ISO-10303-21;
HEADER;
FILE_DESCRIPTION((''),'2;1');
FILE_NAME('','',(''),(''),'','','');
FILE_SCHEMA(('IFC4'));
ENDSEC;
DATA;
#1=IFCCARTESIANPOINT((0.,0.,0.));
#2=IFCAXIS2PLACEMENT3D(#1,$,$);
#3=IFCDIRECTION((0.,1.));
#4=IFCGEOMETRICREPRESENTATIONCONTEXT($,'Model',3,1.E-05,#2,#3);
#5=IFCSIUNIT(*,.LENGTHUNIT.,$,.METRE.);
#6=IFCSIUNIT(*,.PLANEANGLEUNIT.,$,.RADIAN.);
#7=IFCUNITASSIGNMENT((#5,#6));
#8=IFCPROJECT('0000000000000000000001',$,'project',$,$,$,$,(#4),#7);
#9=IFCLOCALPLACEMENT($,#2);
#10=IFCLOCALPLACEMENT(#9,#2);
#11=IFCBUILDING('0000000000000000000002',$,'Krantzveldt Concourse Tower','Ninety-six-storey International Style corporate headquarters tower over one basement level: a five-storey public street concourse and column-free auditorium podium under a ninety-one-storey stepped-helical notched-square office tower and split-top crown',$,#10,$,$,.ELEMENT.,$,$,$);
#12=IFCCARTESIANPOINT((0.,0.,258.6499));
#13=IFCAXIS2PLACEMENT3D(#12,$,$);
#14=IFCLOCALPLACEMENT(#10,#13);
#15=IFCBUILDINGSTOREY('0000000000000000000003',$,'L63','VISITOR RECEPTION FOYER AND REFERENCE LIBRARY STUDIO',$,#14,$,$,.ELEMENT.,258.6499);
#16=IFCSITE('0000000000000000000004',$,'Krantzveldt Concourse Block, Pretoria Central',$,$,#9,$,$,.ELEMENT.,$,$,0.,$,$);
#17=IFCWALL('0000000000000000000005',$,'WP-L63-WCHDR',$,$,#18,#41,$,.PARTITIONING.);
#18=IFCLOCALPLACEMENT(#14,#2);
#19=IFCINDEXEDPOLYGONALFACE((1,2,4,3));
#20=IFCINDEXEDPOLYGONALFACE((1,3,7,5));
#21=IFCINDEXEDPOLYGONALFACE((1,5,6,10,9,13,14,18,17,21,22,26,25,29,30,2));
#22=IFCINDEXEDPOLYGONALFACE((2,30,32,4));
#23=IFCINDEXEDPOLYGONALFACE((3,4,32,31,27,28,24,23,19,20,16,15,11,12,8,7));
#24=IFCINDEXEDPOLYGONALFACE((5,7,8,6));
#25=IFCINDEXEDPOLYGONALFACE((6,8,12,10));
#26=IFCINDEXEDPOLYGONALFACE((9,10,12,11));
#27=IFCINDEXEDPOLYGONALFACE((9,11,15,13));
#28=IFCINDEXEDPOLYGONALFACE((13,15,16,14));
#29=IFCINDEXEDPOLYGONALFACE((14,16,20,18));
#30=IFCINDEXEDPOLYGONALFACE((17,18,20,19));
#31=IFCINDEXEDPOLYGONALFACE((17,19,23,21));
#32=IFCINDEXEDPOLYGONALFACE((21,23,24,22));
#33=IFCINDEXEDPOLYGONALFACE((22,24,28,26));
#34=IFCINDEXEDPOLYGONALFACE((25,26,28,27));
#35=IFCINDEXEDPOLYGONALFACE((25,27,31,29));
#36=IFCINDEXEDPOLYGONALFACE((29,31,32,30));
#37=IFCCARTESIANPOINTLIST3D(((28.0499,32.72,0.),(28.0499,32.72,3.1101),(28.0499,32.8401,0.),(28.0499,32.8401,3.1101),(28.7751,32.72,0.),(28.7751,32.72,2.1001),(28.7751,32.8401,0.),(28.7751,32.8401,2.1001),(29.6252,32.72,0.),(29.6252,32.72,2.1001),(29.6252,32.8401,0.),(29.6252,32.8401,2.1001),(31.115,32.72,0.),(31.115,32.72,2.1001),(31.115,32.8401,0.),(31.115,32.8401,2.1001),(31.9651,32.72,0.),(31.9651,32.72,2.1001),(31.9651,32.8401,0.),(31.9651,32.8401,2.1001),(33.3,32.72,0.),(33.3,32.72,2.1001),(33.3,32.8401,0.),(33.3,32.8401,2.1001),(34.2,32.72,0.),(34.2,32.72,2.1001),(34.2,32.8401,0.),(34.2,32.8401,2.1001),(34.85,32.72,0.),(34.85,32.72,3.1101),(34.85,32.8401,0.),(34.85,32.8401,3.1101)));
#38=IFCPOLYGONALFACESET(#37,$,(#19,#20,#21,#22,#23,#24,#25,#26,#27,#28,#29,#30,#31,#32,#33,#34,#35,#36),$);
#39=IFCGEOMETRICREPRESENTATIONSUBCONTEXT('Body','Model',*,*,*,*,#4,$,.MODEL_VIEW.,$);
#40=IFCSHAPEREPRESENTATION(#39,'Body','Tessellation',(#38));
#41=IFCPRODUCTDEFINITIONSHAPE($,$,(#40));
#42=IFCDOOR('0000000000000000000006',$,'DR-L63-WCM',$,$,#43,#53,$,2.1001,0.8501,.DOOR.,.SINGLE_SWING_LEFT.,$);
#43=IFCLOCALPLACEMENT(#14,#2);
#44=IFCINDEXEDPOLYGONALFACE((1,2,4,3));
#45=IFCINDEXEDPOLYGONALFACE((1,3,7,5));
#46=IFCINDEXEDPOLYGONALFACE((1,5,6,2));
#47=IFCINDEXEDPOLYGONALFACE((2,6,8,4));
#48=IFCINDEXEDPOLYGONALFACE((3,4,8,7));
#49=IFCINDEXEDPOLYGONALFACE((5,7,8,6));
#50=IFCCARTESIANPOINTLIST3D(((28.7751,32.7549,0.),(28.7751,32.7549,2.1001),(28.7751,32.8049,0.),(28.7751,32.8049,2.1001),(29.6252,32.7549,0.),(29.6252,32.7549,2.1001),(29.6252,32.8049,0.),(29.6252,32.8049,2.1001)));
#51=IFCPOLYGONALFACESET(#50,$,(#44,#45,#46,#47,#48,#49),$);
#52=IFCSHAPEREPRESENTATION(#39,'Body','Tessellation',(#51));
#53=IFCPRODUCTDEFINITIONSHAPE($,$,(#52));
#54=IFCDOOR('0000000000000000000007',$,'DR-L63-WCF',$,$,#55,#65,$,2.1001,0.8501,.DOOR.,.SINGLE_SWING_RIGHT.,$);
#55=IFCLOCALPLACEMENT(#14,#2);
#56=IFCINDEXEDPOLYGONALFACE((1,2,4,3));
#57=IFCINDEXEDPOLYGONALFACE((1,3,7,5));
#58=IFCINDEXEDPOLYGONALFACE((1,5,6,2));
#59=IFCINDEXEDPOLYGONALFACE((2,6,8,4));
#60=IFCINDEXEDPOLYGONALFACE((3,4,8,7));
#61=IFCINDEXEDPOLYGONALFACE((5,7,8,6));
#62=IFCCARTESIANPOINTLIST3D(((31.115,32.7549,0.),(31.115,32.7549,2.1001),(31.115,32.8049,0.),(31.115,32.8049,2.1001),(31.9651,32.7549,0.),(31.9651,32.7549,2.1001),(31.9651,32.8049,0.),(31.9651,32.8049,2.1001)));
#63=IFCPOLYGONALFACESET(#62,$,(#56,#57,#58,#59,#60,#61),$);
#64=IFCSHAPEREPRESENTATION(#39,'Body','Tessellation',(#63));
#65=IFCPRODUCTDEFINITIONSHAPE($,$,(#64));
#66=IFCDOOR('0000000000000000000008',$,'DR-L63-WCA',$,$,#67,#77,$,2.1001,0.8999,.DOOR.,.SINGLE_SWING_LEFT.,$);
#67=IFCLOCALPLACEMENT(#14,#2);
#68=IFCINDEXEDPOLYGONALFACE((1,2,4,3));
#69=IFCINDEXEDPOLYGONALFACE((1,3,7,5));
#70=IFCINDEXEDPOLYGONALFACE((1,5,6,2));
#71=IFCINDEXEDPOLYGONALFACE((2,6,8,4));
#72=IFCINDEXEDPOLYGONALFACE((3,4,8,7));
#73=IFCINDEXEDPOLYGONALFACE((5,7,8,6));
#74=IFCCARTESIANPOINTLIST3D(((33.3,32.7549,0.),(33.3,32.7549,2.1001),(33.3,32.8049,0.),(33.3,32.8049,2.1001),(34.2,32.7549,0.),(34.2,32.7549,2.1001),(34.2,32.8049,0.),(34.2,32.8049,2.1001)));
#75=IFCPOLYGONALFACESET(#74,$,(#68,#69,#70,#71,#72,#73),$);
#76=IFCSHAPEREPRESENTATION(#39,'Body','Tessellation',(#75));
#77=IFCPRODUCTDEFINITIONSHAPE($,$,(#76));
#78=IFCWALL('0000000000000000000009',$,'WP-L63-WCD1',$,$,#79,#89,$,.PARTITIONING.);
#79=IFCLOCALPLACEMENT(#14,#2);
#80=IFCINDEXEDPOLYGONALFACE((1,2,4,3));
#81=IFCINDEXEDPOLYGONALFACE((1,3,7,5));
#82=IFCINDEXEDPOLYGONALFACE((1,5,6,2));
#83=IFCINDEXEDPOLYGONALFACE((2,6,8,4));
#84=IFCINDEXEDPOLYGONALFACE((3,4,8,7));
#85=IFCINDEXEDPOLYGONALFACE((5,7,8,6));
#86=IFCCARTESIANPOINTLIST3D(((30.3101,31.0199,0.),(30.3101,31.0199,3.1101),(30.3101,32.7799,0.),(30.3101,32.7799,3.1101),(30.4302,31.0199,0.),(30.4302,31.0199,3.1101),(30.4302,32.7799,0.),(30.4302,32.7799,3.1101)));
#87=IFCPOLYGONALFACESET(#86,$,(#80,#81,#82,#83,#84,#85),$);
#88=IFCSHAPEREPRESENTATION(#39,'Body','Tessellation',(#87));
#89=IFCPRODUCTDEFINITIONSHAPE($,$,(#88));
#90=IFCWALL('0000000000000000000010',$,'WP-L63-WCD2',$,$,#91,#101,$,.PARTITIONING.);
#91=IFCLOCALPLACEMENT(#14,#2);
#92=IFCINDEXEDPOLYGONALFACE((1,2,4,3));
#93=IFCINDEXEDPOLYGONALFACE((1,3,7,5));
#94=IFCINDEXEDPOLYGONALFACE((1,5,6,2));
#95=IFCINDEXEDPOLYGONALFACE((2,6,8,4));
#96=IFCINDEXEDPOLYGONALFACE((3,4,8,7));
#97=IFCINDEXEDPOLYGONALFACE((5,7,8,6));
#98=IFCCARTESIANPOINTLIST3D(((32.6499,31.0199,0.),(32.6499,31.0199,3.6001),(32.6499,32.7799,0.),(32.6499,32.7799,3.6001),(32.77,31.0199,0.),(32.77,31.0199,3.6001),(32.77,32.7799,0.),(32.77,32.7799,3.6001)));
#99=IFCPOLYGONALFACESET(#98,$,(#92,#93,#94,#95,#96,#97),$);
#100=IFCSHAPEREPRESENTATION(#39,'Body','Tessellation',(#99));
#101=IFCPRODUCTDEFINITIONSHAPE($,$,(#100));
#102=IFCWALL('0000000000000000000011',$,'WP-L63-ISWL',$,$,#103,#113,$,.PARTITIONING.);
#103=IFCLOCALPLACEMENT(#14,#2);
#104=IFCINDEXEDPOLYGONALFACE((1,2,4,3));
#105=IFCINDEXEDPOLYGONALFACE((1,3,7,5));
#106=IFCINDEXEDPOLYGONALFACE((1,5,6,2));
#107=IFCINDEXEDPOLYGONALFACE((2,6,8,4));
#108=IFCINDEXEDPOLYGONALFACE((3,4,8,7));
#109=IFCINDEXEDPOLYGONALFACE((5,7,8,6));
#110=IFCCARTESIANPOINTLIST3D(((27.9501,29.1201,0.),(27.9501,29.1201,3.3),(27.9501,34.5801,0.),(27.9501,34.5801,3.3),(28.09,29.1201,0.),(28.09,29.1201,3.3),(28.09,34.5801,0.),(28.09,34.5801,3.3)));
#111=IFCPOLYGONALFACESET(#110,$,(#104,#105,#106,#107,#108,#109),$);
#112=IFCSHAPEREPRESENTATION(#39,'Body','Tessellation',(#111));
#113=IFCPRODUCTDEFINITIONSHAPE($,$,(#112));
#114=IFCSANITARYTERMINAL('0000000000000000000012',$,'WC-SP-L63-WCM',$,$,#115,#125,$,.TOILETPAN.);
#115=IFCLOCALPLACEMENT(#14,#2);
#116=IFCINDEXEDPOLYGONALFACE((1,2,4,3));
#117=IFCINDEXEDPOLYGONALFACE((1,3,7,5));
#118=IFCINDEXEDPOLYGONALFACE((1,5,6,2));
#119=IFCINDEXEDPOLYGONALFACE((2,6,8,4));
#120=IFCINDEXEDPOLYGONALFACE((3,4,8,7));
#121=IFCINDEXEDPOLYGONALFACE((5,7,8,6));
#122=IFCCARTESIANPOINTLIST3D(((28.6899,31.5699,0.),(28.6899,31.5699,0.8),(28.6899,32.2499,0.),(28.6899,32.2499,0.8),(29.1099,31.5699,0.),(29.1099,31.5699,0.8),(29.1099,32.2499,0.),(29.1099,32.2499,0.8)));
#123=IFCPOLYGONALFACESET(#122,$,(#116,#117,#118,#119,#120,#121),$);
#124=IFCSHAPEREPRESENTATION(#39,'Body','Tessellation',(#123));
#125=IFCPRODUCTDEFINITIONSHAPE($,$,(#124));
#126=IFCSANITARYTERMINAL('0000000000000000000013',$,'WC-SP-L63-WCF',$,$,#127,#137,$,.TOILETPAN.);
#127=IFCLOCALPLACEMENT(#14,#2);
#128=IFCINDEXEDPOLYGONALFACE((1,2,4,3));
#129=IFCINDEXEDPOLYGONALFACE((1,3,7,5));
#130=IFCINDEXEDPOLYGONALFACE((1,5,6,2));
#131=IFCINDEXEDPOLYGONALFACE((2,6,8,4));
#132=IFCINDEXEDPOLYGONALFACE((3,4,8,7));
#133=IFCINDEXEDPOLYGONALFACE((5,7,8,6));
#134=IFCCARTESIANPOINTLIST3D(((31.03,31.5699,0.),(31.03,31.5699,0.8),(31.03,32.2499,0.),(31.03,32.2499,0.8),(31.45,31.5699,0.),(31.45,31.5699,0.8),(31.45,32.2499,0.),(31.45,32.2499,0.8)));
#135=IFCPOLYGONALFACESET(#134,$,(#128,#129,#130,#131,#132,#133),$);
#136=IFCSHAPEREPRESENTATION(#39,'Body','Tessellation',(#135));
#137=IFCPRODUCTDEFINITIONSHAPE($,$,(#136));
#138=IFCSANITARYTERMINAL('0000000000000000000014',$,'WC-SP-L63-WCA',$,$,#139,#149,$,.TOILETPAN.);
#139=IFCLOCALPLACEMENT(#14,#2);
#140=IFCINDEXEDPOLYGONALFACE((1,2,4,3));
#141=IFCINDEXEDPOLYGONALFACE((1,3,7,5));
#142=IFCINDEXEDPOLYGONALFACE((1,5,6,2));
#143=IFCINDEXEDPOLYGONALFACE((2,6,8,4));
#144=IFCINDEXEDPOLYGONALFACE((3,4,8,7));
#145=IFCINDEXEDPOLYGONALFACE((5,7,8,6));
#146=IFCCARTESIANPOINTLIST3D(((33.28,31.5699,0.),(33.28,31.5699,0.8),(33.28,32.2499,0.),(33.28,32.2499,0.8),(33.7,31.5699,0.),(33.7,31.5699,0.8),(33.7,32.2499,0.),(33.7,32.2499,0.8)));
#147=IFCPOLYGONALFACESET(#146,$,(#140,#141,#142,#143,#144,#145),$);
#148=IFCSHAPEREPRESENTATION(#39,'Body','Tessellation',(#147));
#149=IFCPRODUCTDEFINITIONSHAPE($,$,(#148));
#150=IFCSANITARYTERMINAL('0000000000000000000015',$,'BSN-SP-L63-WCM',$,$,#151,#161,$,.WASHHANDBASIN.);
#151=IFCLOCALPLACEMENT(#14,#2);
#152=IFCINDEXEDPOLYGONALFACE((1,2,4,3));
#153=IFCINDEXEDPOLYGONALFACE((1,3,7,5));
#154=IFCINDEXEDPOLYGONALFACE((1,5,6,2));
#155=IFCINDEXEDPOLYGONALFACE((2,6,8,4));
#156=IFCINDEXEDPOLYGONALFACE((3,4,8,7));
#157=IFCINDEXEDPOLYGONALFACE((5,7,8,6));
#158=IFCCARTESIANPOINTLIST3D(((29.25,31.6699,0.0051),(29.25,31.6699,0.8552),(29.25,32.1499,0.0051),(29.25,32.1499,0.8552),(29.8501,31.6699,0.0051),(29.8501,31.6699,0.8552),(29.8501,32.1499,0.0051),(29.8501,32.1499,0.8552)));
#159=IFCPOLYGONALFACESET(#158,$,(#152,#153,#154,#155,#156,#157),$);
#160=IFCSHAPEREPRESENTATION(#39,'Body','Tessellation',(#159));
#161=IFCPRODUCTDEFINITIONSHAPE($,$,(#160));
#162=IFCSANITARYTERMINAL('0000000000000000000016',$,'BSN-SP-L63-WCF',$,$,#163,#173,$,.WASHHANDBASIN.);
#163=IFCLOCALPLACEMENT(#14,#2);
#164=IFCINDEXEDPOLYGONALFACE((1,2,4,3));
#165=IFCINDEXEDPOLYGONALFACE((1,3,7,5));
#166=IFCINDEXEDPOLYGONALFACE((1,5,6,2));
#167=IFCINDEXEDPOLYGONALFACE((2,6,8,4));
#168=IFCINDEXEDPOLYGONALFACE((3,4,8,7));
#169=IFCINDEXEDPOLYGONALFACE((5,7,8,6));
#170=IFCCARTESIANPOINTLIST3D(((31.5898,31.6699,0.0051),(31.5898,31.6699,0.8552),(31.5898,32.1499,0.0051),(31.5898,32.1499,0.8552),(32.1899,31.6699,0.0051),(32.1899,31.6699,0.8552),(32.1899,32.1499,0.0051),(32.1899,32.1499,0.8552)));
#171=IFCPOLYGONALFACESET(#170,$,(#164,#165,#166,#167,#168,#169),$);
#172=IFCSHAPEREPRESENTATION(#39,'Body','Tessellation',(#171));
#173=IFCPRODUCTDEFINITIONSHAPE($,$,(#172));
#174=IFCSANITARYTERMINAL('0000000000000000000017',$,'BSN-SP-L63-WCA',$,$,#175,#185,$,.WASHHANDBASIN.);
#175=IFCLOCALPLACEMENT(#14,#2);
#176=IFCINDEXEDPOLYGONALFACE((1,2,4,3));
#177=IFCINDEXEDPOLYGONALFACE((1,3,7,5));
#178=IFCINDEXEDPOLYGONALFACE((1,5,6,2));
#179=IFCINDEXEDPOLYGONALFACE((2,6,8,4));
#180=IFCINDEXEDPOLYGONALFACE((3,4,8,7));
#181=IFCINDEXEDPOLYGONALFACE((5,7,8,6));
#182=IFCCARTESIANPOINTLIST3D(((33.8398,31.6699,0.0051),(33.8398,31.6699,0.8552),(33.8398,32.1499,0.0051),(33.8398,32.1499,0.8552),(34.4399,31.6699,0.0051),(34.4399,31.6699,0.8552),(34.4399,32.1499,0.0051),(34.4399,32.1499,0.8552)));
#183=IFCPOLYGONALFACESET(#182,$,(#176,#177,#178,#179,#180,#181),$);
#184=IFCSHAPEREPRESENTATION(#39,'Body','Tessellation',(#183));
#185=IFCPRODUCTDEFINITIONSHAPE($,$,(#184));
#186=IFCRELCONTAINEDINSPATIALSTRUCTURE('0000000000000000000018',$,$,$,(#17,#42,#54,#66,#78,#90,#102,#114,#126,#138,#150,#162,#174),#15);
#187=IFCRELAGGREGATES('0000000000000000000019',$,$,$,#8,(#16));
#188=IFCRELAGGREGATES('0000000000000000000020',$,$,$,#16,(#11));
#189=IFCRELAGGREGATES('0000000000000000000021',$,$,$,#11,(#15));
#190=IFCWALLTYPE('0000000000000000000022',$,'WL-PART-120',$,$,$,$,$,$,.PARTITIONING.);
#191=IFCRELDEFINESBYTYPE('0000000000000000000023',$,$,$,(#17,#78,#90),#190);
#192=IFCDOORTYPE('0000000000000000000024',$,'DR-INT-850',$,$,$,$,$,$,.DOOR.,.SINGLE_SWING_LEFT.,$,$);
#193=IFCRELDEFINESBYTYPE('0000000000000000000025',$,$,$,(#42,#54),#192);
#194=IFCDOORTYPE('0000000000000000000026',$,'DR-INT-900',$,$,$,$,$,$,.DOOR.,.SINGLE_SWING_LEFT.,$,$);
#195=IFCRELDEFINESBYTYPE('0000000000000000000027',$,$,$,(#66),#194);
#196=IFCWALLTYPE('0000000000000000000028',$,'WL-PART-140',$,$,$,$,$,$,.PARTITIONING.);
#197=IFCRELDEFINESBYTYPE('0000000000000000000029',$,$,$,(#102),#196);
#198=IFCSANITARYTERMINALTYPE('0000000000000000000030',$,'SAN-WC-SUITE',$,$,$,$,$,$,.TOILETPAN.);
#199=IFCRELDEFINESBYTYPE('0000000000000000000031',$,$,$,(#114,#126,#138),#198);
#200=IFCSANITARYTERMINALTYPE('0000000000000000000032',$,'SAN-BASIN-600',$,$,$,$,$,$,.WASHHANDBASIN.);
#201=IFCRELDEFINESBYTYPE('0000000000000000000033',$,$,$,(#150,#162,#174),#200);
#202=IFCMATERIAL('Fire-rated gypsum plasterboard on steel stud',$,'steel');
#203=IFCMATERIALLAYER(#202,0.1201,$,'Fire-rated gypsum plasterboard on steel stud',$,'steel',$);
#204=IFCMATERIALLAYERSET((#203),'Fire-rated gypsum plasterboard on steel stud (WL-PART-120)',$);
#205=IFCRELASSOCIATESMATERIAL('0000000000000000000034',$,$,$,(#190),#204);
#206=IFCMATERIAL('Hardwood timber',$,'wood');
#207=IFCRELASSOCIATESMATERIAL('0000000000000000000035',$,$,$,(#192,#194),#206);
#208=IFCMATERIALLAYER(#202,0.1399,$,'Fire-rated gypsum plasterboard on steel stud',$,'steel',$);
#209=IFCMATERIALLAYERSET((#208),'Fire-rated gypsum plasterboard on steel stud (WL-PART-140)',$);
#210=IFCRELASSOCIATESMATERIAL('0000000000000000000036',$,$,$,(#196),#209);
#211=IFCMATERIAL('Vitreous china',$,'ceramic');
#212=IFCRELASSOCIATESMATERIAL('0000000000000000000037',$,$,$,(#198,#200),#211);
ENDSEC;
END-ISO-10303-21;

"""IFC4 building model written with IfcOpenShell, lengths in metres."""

from ifc_helpers import new_model, si_unit, direction, frame, frame_2d, origin, origin_2d, place, context, subcontext, project, spatial, rectangle, extrude, source, transform, mapped, material, layer, layer_set, type_object, type_shapes, element, fill, save


model = new_model("IFC4")

# Units and contexts
model_context = context("Model", 3, precision=1e-05, world=origin(), true_north=direction((0.0, 1.0)))
body_context = subcontext(model_context, "Body", "Model", "MODEL_VIEW")
ifc_project = project(units=[si_unit("LENGTHUNIT", "METRE"), si_unit("PLANEANGLEUNIT", "RADIAN")], contexts=[model_context])

# Site, building, storey
site_placement = place(None, origin())
site = spatial("IfcSite", under=ifc_project, at=site_placement, Name="Krantzveldt Concourse Block, Pretoria Central", CompositionType="ELEMENT", RefElevation=0.0)
building_placement = place(site_placement, origin())
building = spatial("IfcBuilding", under=site, at=building_placement, Name="Krantzveldt Concourse Tower", Description="Ninety-six-storey International Style corporate headquarters tower over one basement level: a five-storey public street concourse and column-free auditorium podium under a ninety-one-storey stepped-helical notched-square office tower and split-top crown", CompositionType="ELEMENT")
storey_placement = place(building_placement, frame((0.0, 0.0, 258.6499)))
storey = spatial("IfcBuildingStorey", under=building, at=storey_placement, Name="L63", Description="VISITOR RECEPTION FOYER AND REFERENCE LIBRARY STUDIO", CompositionType="ELEMENT", Elevation=258.6499)

# Shared definitions
ifc_material_1 = material(Name="Fire-rated gypsum plasterboard on steel stud", Category="steel")
ifc_layer_1 = layer(ifc_material_1, 0.1201, Name="Fire-rated gypsum plasterboard on steel stud", Category="steel")
ifc_layer_set_1 = layer_set([ifc_layer_1], Name="Fire-rated gypsum plasterboard on steel stud (WL-PART-120)")
wall_type_1 = type_object("IfcWallType", Name="WL-PART-120", PredefinedType="PARTITIONING", material=ifc_layer_set_1)

# Wall, openings, doors
wall_1_placement = place(storey_placement, frame((28.05, 32.78, 0.0), z_axis=(0.0, 0.0, 1.0), x_axis=(1.0, 0.0, 0.0)))
wall_1 = element("IfcWall", 1, at=wall_1_placement, inside=storey, type_object=wall_type_1, Name="WP-L63-WCHDR", PredefinedType="PARTITIONING", context=body_context, shape_type="SweptSolid", body=[
    extrude(rectangle(XDim=6.8, YDim=0.1201, at=frame_2d((3.3999, 0.0))), origin(), (0.0, 0.0, 1.0), 3.1101),
])
opening_1_placement = place(wall_1_placement, frame((0.7251, 0.0, 0.0)))
opening_1 = element("IfcOpeningElement", 2, at=opening_1_placement, cuts=wall_1, PredefinedType="OPENING", context=body_context, shape_type="SweptSolid", body=[
    extrude(rectangle(XDim=0.8501, YDim=2.1001, at=frame_2d((0.425, 1.05))), frame((0.0, 0.0701, 0.0), z_axis=(0.0, -1.0, 0.0), x_axis=(1.0, 0.0, 0.0)), (0.0, 0.0, 1.0), 0.1401),
])
opening_2_placement = place(wall_1_placement, frame((3.0649, 0.0, 0.0)))
opening_2 = element("IfcOpeningElement", 3, at=opening_2_placement, cuts=wall_1, PredefinedType="OPENING", context=body_context, shape_type="SweptSolid", body=[
    extrude(rectangle(XDim=0.8501, YDim=2.1001, at=frame_2d((0.425, 1.05))), frame((0.0, 0.0701, 0.0), z_axis=(0.0, -1.0, 0.0), x_axis=(1.0, 0.0, 0.0)), (0.0, 0.0, 1.0), 0.1401),
])
opening_3_placement = place(wall_1_placement, frame((5.25, 0.0, 0.0)))
opening_3 = element("IfcOpeningElement", 4, at=opening_3_placement, cuts=wall_1, PredefinedType="OPENING", context=body_context, shape_type="SweptSolid", body=[
    extrude(rectangle(XDim=0.8999, YDim=2.1001, at=frame_2d((0.45, 1.05))), frame((0.0, 0.0701, 0.0), z_axis=(0.0, -1.0, 0.0), x_axis=(1.0, 0.0, 0.0)), (0.0, 0.0, 1.0), 0.1401),
])
ifc_material_2 = material(Name="Hardwood timber", Category="wood")
door_type_1 = type_object("IfcDoorType", Name="DR-INT-850", OperationType="SINGLE_SWING_LEFT", PredefinedType="DOOR", material=ifc_material_2)
door_1_placement = place(opening_1_placement, origin())
door_1 = element("IfcDoor", 5, at=door_1_placement, inside=storey, type_object=door_type_1, Name="DR-L63-WCM", OperationType="SINGLE_SWING_LEFT", OverallHeight=2.1001, OverallWidth=0.8501, PredefinedType="DOOR", context=body_context, shape_type="SweptSolid", body=[
    extrude(rectangle(XDim=0.8501, YDim=2.1001, at=frame_2d((0.425, 1.05))), frame((0.0, 0.0249, 0.0), z_axis=(0.0, -1.0, 0.0), x_axis=(1.0, 0.0, 0.0)), (0.0, 0.0, 1.0), 0.05),
])
fill(opening_1, door_1)
door_2_placement = place(opening_2_placement, origin())
door_2 = element("IfcDoor", 6, at=door_2_placement, inside=storey, type_object=door_type_1, Name="DR-L63-WCF", OperationType="SINGLE_SWING_RIGHT", OverallHeight=2.1001, OverallWidth=0.8501, PredefinedType="DOOR", context=body_context, shape_type="SweptSolid", body=[
    extrude(rectangle(XDim=0.8501, YDim=2.1001, at=frame_2d((0.425, 1.05))), frame((0.0, 0.0249, 0.0), z_axis=(0.0, -1.0, 0.0), x_axis=(1.0, 0.0, 0.0)), (0.0, 0.0, 1.0), 0.05),
])
fill(opening_2, door_2)
door_type_2 = type_object("IfcDoorType", Name="DR-INT-900", OperationType="SINGLE_SWING_LEFT", PredefinedType="DOOR", material=ifc_material_2)
door_3_placement = place(opening_3_placement, origin())
door_3 = element("IfcDoor", 7, at=door_3_placement, inside=storey, type_object=door_type_2, Name="DR-L63-WCA", OperationType="SINGLE_SWING_LEFT", OverallHeight=2.1001, OverallWidth=0.8999, PredefinedType="DOOR", context=body_context, shape_type="SweptSolid", body=[
    extrude(rectangle(XDim=0.8999, YDim=2.1001, at=frame_2d((0.45, 1.05))), frame((0.0, 0.0249, 0.0), z_axis=(0.0, -1.0, 0.0), x_axis=(1.0, 0.0, 0.0)), (0.0, 0.0, 1.0), 0.05),
])
fill(opening_3, door_3)

# Walls
wall_2_placement = place(storey_placement, frame((30.3701, 31.02, 0.0), z_axis=(0.0, 0.0, 1.0), x_axis=(0.0, 1.0, 0.0)))
element("IfcWall", 8, at=wall_2_placement, inside=storey, type_object=wall_type_1, Name="WP-L63-WCD1", PredefinedType="PARTITIONING", context=body_context, shape_type="SweptSolid", body=[
    extrude(rectangle(XDim=1.76, YDim=0.1201, at=frame_2d((0.8799, 0.0))), origin(), (0.0, 0.0, 1.0), 3.1101),
])
wall_3_placement = place(storey_placement, frame((32.71, 31.02, 0.0), z_axis=(0.0, 0.0, 1.0), x_axis=(0.0, 1.0, 0.0)))
element("IfcWall", 9, at=wall_3_placement, inside=storey, type_object=wall_type_1, Name="WP-L63-WCD2", PredefinedType="PARTITIONING", context=body_context, shape_type="SweptSolid", body=[
    extrude(rectangle(XDim=1.76, YDim=0.1201, at=frame_2d((0.8799, 0.0))), origin(), (0.0, 0.0, 1.0), 3.6001),
])
ifc_layer_2 = layer(ifc_material_1, 0.1399, Name="Fire-rated gypsum plasterboard on steel stud", Category="steel")
ifc_layer_set_2 = layer_set([ifc_layer_2], Name="Fire-rated gypsum plasterboard on steel stud (WL-PART-140)")
wall_type_2 = type_object("IfcWallType", Name="WL-PART-140", PredefinedType="PARTITIONING", material=ifc_layer_set_2)
wall_4_placement = place(storey_placement, frame((28.02, 29.1201, 0.0), z_axis=(0.0, 0.0, 1.0), x_axis=(0.0, 1.0, 0.0)))
element("IfcWall", 10, at=wall_4_placement, inside=storey, type_object=wall_type_2, Name="WP-L63-ISWL", PredefinedType="PARTITIONING", context=body_context, shape_type="SweptSolid", body=[
    extrude(rectangle(XDim=5.46, YDim=0.1399, at=frame_2d((2.73, 0.0))), origin(), (0.0, 0.0, 1.0), 3.3),
])

# Sanitary terminals
ifc_material_3 = material(Name="Vitreous china", Category="ceramic")
sanitary_terminal_type_1 = type_object("IfcSanitaryTerminalType", Name="SAN-WC-SUITE", PredefinedType="TOILETPAN", material=ifc_material_3)
shared_shape_1 = source(origin(), body_context, "Body", "SweptSolid", [
    extrude(rectangle(XDim=0.4199, YDim=0.6799, at=origin_2d()), origin(), (0.0, 0.0, 1.0), 0.8),
])
type_shapes(sanitary_terminal_type_1, [shared_shape_1])
for number, where, z_axis, x_axis, name in (
    (11, (28.8999, 31.9099, 0.0), (0.0, 0.0, 1.0), (1.0, 0.0, 0.0), "WC-SP-L63-WCM"),
    (12, (31.24, 31.9099, 0.0), (0.0, 0.0, 1.0), (1.0, 0.0, 0.0), "WC-SP-L63-WCF"),
    (13, (33.49, 31.9099, 0.0), (0.0, 0.0, 1.0), (1.0, 0.0, 0.0), "WC-SP-L63-WCA"),
):
    element("IfcSanitaryTerminal", number, at=place(storey_placement, frame(where, z_axis=z_axis, x_axis=x_axis)), inside=storey, type_object=sanitary_terminal_type_1, Name=name, PredefinedType="TOILETPAN", context=body_context, shape_type="MappedRepresentation", body=[
        mapped(shared_shape_1, transform((0.0, 0.0, 0.0), x_axis=(1.0, 0.0, 0.0), y_axis=(0.0, 1.0, 0.0), z_axis=(0.0, 0.0, 1.0), scale=1.0)),
    ])
sanitary_terminal_type_2 = type_object("IfcSanitaryTerminalType", Name="SAN-BASIN-600", PredefinedType="WASHHANDBASIN", material=ifc_material_3)
shared_shape_2 = source(origin(), body_context, "Body", "SweptSolid", [
    extrude(rectangle(XDim=0.6001, YDim=0.48, at=origin_2d()), origin(), (0.0, 0.0, 1.0), 0.8501),
])
type_shapes(sanitary_terminal_type_2, [shared_shape_2])
for number, where, z_axis, x_axis, name in (
    (14, (29.55, 31.9099, 0.0051), (0.0, 0.0, 1.0), (1.0, 0.0, 0.0), "BSN-SP-L63-WCM"),
    (15, (31.8899, 31.9099, 0.0051), (0.0, 0.0, 1.0), (1.0, 0.0, 0.0), "BSN-SP-L63-WCF"),
    (16, (34.1399, 31.9099, 0.0051), (0.0, 0.0, 1.0), (1.0, 0.0, 0.0), "BSN-SP-L63-WCA"),
):
    element("IfcSanitaryTerminal", number, at=place(storey_placement, frame(where, z_axis=z_axis, x_axis=x_axis)), inside=storey, type_object=sanitary_terminal_type_2, Name=name, PredefinedType="WASHHANDBASIN", context=body_context, shape_type="MappedRepresentation", body=[
        mapped(shared_shape_2, transform((0.0, 0.0, 0.0), x_axis=(1.0, 0.0, 0.0), y_axis=(0.0, 1.0, 0.0), z_axis=(0.0, 0.0, 1.0), scale=1.0)),
    ])

save(model, "model.ifc")
